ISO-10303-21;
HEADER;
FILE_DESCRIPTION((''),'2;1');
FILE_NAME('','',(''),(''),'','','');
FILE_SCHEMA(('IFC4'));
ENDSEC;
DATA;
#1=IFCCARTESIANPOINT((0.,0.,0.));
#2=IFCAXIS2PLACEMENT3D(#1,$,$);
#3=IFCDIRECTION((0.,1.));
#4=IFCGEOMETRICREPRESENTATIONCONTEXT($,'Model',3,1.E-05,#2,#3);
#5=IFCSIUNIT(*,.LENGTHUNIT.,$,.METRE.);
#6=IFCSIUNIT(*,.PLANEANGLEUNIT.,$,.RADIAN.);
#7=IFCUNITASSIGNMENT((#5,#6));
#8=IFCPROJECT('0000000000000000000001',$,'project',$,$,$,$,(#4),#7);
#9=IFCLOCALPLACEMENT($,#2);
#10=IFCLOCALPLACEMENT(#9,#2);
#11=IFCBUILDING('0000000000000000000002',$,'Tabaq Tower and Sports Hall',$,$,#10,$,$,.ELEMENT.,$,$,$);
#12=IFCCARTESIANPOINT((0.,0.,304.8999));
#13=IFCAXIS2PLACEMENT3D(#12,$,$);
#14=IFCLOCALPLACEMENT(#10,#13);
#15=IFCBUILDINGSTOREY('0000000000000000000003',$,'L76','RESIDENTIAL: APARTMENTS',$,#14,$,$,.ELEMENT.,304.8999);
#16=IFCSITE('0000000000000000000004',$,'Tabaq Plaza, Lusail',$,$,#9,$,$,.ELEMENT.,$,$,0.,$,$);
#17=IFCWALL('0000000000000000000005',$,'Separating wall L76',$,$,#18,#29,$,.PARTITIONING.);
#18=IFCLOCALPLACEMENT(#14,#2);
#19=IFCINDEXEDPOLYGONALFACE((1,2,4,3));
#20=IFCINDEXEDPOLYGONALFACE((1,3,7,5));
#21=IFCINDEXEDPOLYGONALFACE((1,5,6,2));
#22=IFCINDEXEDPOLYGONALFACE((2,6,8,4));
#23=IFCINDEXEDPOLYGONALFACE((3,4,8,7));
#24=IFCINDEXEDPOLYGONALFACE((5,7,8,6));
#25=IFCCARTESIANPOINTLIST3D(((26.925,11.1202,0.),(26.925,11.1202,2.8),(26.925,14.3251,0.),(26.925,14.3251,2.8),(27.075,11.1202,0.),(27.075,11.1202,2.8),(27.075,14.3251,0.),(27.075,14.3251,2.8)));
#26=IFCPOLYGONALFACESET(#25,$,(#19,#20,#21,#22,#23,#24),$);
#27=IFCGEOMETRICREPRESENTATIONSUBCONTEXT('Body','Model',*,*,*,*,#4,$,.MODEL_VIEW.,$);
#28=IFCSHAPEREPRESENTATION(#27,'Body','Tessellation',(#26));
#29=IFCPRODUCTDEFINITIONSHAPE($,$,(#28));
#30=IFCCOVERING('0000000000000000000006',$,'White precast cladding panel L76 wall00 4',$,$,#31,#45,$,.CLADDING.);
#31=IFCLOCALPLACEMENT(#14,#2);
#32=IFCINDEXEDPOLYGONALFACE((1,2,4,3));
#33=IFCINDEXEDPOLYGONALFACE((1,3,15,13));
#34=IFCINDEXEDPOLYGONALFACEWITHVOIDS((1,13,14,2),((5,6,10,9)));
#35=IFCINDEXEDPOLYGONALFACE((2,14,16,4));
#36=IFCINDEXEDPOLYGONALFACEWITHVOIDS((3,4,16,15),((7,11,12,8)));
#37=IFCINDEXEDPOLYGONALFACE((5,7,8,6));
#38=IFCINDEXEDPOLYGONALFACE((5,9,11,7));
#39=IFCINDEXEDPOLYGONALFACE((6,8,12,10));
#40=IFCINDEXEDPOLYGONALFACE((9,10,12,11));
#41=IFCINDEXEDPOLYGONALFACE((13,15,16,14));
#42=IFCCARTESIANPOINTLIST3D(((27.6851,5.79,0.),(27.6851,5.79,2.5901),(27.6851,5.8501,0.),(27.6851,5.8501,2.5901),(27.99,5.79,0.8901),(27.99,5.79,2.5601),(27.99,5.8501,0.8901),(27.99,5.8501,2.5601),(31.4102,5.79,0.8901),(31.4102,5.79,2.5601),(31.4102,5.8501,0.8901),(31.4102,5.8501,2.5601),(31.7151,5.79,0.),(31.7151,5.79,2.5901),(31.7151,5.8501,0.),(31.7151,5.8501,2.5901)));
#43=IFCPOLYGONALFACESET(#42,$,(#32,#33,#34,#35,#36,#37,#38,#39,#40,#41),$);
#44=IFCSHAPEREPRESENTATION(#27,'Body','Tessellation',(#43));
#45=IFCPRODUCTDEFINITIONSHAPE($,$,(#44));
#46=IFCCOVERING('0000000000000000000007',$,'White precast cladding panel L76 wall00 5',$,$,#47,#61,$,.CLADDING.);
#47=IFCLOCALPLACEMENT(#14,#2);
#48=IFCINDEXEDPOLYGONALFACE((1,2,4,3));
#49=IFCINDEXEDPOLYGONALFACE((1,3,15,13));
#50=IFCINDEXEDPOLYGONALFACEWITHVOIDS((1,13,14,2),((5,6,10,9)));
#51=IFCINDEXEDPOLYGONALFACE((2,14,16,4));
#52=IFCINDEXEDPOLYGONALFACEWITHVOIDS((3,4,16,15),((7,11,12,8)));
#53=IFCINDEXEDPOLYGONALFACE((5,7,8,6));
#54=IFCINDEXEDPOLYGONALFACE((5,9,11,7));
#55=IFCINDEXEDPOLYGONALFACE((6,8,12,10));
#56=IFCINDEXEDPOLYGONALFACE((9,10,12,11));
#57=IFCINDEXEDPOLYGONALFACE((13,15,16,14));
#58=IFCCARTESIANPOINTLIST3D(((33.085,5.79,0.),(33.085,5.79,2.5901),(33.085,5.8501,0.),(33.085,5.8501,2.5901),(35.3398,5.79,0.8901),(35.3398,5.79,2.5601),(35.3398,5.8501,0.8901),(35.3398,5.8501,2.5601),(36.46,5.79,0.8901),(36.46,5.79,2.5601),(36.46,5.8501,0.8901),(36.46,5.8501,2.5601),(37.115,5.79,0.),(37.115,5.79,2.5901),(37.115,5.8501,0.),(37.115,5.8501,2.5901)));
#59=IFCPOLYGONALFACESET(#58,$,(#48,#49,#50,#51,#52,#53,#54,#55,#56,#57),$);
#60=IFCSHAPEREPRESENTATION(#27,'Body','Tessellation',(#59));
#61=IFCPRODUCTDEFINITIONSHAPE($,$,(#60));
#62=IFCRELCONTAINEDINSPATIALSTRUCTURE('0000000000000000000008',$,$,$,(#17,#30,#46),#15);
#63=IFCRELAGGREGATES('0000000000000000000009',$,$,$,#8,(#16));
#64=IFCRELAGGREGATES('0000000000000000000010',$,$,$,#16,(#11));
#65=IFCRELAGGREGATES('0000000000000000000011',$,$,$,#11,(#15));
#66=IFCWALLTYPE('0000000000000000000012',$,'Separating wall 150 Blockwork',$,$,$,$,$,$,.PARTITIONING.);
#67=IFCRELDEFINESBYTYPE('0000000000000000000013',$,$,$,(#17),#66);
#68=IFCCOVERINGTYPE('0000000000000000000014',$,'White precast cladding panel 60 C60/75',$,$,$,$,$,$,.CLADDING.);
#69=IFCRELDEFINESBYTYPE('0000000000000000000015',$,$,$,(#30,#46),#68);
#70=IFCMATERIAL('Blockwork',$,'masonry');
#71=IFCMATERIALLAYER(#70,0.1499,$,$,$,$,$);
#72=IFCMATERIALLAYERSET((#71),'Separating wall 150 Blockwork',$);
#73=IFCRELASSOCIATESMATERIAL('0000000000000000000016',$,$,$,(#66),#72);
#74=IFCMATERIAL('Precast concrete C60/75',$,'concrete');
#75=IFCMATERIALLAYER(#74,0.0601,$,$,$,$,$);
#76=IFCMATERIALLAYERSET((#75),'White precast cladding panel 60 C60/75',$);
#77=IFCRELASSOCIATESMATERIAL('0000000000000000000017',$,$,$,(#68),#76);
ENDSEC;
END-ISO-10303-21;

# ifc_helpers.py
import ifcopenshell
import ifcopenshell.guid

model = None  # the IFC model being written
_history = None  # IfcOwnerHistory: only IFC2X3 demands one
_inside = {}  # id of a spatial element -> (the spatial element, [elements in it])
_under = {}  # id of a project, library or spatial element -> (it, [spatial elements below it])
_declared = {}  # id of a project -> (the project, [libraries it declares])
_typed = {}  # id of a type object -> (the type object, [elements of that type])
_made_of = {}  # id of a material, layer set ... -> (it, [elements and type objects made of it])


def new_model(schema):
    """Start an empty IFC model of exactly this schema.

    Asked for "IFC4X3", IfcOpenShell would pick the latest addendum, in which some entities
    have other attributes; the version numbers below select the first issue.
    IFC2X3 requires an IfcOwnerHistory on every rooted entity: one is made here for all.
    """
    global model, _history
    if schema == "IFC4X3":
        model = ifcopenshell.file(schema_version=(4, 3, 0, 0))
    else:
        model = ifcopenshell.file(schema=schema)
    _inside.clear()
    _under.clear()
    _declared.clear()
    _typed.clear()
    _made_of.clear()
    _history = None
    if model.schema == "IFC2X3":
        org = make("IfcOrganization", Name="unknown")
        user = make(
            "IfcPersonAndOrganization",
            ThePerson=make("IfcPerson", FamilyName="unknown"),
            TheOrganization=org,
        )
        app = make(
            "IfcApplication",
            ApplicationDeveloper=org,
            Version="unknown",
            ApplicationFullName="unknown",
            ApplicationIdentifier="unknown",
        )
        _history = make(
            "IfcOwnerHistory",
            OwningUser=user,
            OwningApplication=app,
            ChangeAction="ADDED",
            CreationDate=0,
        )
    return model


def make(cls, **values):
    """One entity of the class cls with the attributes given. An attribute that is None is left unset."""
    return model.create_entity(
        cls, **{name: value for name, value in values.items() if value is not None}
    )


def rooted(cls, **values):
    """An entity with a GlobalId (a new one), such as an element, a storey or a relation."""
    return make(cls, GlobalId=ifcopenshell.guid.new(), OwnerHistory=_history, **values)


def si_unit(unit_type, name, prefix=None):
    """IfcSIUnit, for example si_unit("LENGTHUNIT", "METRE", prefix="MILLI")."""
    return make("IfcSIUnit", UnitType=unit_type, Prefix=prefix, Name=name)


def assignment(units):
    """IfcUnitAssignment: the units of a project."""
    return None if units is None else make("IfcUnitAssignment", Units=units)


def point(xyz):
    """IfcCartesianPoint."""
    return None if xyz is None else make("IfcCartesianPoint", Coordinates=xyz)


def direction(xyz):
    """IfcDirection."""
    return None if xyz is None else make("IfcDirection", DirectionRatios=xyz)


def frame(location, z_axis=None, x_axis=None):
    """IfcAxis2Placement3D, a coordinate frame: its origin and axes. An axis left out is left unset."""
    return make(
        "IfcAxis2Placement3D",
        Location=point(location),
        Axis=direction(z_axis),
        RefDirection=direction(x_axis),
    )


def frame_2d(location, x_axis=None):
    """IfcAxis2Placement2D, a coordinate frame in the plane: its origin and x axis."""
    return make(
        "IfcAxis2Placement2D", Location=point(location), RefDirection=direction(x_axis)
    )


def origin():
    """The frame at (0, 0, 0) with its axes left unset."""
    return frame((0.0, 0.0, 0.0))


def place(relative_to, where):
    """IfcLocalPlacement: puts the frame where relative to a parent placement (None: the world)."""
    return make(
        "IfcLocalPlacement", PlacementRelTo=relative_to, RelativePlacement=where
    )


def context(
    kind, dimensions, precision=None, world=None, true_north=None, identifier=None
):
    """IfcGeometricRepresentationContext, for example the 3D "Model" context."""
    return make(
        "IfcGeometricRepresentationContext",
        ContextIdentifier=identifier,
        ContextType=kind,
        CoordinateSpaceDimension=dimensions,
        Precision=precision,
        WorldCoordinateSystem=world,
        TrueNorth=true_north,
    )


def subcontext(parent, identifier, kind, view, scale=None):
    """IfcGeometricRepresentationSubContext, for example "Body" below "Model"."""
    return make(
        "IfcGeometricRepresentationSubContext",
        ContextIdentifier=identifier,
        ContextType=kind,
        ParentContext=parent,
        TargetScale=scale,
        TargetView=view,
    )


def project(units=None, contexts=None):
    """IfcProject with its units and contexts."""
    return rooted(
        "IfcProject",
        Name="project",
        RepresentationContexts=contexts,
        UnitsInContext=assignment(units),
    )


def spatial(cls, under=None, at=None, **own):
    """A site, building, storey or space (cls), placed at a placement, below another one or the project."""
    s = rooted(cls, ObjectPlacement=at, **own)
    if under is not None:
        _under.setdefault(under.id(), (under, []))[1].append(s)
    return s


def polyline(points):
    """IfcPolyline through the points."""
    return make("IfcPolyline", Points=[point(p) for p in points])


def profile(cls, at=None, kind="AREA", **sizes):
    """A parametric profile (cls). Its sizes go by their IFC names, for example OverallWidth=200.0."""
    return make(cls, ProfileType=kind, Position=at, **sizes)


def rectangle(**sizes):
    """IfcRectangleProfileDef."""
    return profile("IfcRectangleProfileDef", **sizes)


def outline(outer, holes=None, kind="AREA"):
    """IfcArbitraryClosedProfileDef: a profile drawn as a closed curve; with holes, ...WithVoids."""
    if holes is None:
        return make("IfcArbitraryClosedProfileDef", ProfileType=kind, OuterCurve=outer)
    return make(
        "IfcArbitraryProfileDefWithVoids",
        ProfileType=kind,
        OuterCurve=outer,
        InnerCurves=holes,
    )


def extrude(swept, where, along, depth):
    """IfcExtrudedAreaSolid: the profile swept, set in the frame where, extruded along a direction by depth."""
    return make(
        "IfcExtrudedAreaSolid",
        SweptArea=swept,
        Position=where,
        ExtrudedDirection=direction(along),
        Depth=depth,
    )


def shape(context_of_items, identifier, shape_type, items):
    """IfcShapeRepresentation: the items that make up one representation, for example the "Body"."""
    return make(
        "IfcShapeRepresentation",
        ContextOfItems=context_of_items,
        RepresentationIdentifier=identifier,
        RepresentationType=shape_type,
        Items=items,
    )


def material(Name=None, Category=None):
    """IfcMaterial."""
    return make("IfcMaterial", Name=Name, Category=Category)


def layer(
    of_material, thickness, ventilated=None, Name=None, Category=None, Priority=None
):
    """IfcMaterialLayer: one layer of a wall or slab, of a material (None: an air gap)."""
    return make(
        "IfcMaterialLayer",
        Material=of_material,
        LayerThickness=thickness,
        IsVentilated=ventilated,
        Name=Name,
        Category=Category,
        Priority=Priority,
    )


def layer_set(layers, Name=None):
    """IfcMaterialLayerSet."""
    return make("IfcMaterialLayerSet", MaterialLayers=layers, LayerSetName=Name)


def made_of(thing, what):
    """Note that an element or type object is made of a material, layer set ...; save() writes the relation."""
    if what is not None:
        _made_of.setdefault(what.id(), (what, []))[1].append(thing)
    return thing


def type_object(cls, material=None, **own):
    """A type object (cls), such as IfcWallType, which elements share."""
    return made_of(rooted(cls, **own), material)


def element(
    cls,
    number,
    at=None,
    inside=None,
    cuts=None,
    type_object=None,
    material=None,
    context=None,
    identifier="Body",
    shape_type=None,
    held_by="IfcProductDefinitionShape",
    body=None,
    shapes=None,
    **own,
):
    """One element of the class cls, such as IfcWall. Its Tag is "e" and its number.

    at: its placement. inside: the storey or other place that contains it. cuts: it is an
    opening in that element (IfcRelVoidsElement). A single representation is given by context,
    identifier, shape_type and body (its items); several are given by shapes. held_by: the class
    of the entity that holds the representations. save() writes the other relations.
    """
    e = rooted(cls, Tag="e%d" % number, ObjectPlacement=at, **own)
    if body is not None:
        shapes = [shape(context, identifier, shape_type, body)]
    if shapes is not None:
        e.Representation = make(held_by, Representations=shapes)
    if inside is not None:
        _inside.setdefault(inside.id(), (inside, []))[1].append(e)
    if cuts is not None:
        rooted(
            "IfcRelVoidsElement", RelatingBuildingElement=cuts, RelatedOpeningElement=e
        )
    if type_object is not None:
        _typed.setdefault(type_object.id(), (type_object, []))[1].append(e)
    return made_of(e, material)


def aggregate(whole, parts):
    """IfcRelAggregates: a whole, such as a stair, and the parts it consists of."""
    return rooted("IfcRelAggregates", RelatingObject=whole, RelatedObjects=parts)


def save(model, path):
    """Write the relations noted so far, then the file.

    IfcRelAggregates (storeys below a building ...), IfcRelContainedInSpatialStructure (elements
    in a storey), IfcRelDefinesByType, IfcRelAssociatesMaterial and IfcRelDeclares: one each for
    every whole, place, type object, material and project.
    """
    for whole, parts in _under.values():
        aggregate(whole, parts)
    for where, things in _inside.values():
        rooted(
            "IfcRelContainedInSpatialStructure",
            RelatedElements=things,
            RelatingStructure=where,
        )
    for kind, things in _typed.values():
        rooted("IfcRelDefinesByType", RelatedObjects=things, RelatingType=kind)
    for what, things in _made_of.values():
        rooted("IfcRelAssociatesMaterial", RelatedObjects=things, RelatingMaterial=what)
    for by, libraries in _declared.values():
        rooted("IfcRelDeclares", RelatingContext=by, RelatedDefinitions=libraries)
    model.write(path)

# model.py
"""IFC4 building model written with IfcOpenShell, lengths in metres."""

from ifc_helpers import new_model, si_unit, direction, frame, frame_2d, origin, place, context, subcontext, project, spatial, polyline, rectangle, outline, extrude, material, layer, layer_set, type_object, element, save


model = new_model("IFC4")

# Units and contexts
model_context = context("Model", 3, precision=1e-05, world=origin(), true_north=direction((0.0, 1.0)))
body_context = subcontext(model_context, "Body", "Model", "MODEL_VIEW")
ifc_project = project(units=[si_unit("LENGTHUNIT", "METRE"), si_unit("PLANEANGLEUNIT", "RADIAN")], contexts=[model_context])

# Site, building, storey
site_placement = place(None, origin())
site = spatial("IfcSite", under=ifc_project, at=site_placement, Name="Tabaq Plaza, Lusail", CompositionType="ELEMENT", RefElevation=0.0)
building_placement = place(site_placement, origin())
building = spatial("IfcBuilding", under=site, at=building_placement, Name="Tabaq Tower and Sports Hall", CompositionType="ELEMENT")
storey_placement = place(building_placement, frame((0.0, 0.0, 304.8999)))
storey = spatial("IfcBuildingStorey", under=building, at=storey_placement, Name="L76", Description="RESIDENTIAL: APARTMENTS", CompositionType="ELEMENT", Elevation=304.8999)

# Wall
ifc_material_1 = material(Name="Blockwork", Category="masonry")
ifc_layer_1 = layer(ifc_material_1, 0.1499)
ifc_layer_set_1 = layer_set([ifc_layer_1], Name="Separating wall 150 Blockwork")
wall_type_1 = type_object("IfcWallType", Name="Separating wall 150 Blockwork", PredefinedType="PARTITIONING", material=ifc_layer_set_1)
wall_1_placement = place(storey_placement, frame((27.0, 11.1201, 0.0), z_axis=(0.0, 0.0, 1.0), x_axis=(0.0, 1.0, 0.0)))
element("IfcWall", 1, at=wall_1_placement, inside=storey, type_object=wall_type_1, Name="Separating wall L76", PredefinedType="PARTITIONING", context=body_context, shape_type="SweptSolid", body=[
    extrude(rectangle(XDim=3.2048, YDim=0.1499, at=frame_2d((1.6025, 0.0))), origin(), (0.0, 0.0, 1.0), 2.8),
])

# Coverings
ifc_material_2 = material(Name="Precast concrete C60/75", Category="concrete")
ifc_layer_2 = layer(ifc_material_2, 0.0601)
ifc_layer_set_2 = layer_set([ifc_layer_2], Name="White precast cladding panel 60 C60/75")
covering_type = type_object("IfcCoveringType", Name="White precast cladding panel 60 C60/75", PredefinedType="CLADDING", material=ifc_layer_set_2)
covering_1_placement = place(storey_placement, frame((27.6851, 5.8201, 0.0), z_axis=(0.0, 0.0, 1.0), x_axis=(1.0, 0.0, 0.0)))
element("IfcCovering", 2, at=covering_1_placement, inside=storey, type_object=covering_type, Name="White precast cladding panel L76 wall00 4", PredefinedType="CLADDING", context=body_context, shape_type="SweptSolid", body=[
    extrude(outline(polyline([(0.0, 0.0), (4.03, 0.0), (4.03, 2.5901), (0.0, 2.5901), (0.0, 0.0)]), holes=[polyline([(3.7251, 0.8901), (0.3049, 0.8901), (0.3049, 2.5601), (3.7251, 2.5601), (3.7251, 0.8901)])]), frame((0.0, 0.03, 0.0), z_axis=(0.0, -1.0, 0.0), x_axis=(1.0, 0.0, 0.0)), (0.0, 0.0, 1.0), 0.0601),
])
covering_2_placement = place(storey_placement, frame((33.085, 5.8201, 0.0), z_axis=(0.0, 0.0, 1.0), x_axis=(1.0, 0.0, 0.0)))
element("IfcCovering", 3, at=covering_2_placement, inside=storey, type_object=covering_type, Name="White precast cladding panel L76 wall00 5", PredefinedType="CLADDING", context=body_context, shape_type="SweptSolid", body=[
    extrude(outline(polyline([(0.0, 0.0), (4.03, 0.0), (4.03, 2.5901), (0.0, 2.5901), (0.0, 0.0)]), holes=[polyline([(3.375, 0.8901), (2.2549, 0.8901), (2.2549, 2.5601), (3.375, 2.5601), (3.375, 0.8901)])]), frame((0.0, 0.03, 0.0), z_axis=(0.0, -1.0, 0.0), x_axis=(1.0, 0.0, 0.0)), (0.0, 0.0, 1.0), 0.0601),
])

save(model, "model.ifc")
